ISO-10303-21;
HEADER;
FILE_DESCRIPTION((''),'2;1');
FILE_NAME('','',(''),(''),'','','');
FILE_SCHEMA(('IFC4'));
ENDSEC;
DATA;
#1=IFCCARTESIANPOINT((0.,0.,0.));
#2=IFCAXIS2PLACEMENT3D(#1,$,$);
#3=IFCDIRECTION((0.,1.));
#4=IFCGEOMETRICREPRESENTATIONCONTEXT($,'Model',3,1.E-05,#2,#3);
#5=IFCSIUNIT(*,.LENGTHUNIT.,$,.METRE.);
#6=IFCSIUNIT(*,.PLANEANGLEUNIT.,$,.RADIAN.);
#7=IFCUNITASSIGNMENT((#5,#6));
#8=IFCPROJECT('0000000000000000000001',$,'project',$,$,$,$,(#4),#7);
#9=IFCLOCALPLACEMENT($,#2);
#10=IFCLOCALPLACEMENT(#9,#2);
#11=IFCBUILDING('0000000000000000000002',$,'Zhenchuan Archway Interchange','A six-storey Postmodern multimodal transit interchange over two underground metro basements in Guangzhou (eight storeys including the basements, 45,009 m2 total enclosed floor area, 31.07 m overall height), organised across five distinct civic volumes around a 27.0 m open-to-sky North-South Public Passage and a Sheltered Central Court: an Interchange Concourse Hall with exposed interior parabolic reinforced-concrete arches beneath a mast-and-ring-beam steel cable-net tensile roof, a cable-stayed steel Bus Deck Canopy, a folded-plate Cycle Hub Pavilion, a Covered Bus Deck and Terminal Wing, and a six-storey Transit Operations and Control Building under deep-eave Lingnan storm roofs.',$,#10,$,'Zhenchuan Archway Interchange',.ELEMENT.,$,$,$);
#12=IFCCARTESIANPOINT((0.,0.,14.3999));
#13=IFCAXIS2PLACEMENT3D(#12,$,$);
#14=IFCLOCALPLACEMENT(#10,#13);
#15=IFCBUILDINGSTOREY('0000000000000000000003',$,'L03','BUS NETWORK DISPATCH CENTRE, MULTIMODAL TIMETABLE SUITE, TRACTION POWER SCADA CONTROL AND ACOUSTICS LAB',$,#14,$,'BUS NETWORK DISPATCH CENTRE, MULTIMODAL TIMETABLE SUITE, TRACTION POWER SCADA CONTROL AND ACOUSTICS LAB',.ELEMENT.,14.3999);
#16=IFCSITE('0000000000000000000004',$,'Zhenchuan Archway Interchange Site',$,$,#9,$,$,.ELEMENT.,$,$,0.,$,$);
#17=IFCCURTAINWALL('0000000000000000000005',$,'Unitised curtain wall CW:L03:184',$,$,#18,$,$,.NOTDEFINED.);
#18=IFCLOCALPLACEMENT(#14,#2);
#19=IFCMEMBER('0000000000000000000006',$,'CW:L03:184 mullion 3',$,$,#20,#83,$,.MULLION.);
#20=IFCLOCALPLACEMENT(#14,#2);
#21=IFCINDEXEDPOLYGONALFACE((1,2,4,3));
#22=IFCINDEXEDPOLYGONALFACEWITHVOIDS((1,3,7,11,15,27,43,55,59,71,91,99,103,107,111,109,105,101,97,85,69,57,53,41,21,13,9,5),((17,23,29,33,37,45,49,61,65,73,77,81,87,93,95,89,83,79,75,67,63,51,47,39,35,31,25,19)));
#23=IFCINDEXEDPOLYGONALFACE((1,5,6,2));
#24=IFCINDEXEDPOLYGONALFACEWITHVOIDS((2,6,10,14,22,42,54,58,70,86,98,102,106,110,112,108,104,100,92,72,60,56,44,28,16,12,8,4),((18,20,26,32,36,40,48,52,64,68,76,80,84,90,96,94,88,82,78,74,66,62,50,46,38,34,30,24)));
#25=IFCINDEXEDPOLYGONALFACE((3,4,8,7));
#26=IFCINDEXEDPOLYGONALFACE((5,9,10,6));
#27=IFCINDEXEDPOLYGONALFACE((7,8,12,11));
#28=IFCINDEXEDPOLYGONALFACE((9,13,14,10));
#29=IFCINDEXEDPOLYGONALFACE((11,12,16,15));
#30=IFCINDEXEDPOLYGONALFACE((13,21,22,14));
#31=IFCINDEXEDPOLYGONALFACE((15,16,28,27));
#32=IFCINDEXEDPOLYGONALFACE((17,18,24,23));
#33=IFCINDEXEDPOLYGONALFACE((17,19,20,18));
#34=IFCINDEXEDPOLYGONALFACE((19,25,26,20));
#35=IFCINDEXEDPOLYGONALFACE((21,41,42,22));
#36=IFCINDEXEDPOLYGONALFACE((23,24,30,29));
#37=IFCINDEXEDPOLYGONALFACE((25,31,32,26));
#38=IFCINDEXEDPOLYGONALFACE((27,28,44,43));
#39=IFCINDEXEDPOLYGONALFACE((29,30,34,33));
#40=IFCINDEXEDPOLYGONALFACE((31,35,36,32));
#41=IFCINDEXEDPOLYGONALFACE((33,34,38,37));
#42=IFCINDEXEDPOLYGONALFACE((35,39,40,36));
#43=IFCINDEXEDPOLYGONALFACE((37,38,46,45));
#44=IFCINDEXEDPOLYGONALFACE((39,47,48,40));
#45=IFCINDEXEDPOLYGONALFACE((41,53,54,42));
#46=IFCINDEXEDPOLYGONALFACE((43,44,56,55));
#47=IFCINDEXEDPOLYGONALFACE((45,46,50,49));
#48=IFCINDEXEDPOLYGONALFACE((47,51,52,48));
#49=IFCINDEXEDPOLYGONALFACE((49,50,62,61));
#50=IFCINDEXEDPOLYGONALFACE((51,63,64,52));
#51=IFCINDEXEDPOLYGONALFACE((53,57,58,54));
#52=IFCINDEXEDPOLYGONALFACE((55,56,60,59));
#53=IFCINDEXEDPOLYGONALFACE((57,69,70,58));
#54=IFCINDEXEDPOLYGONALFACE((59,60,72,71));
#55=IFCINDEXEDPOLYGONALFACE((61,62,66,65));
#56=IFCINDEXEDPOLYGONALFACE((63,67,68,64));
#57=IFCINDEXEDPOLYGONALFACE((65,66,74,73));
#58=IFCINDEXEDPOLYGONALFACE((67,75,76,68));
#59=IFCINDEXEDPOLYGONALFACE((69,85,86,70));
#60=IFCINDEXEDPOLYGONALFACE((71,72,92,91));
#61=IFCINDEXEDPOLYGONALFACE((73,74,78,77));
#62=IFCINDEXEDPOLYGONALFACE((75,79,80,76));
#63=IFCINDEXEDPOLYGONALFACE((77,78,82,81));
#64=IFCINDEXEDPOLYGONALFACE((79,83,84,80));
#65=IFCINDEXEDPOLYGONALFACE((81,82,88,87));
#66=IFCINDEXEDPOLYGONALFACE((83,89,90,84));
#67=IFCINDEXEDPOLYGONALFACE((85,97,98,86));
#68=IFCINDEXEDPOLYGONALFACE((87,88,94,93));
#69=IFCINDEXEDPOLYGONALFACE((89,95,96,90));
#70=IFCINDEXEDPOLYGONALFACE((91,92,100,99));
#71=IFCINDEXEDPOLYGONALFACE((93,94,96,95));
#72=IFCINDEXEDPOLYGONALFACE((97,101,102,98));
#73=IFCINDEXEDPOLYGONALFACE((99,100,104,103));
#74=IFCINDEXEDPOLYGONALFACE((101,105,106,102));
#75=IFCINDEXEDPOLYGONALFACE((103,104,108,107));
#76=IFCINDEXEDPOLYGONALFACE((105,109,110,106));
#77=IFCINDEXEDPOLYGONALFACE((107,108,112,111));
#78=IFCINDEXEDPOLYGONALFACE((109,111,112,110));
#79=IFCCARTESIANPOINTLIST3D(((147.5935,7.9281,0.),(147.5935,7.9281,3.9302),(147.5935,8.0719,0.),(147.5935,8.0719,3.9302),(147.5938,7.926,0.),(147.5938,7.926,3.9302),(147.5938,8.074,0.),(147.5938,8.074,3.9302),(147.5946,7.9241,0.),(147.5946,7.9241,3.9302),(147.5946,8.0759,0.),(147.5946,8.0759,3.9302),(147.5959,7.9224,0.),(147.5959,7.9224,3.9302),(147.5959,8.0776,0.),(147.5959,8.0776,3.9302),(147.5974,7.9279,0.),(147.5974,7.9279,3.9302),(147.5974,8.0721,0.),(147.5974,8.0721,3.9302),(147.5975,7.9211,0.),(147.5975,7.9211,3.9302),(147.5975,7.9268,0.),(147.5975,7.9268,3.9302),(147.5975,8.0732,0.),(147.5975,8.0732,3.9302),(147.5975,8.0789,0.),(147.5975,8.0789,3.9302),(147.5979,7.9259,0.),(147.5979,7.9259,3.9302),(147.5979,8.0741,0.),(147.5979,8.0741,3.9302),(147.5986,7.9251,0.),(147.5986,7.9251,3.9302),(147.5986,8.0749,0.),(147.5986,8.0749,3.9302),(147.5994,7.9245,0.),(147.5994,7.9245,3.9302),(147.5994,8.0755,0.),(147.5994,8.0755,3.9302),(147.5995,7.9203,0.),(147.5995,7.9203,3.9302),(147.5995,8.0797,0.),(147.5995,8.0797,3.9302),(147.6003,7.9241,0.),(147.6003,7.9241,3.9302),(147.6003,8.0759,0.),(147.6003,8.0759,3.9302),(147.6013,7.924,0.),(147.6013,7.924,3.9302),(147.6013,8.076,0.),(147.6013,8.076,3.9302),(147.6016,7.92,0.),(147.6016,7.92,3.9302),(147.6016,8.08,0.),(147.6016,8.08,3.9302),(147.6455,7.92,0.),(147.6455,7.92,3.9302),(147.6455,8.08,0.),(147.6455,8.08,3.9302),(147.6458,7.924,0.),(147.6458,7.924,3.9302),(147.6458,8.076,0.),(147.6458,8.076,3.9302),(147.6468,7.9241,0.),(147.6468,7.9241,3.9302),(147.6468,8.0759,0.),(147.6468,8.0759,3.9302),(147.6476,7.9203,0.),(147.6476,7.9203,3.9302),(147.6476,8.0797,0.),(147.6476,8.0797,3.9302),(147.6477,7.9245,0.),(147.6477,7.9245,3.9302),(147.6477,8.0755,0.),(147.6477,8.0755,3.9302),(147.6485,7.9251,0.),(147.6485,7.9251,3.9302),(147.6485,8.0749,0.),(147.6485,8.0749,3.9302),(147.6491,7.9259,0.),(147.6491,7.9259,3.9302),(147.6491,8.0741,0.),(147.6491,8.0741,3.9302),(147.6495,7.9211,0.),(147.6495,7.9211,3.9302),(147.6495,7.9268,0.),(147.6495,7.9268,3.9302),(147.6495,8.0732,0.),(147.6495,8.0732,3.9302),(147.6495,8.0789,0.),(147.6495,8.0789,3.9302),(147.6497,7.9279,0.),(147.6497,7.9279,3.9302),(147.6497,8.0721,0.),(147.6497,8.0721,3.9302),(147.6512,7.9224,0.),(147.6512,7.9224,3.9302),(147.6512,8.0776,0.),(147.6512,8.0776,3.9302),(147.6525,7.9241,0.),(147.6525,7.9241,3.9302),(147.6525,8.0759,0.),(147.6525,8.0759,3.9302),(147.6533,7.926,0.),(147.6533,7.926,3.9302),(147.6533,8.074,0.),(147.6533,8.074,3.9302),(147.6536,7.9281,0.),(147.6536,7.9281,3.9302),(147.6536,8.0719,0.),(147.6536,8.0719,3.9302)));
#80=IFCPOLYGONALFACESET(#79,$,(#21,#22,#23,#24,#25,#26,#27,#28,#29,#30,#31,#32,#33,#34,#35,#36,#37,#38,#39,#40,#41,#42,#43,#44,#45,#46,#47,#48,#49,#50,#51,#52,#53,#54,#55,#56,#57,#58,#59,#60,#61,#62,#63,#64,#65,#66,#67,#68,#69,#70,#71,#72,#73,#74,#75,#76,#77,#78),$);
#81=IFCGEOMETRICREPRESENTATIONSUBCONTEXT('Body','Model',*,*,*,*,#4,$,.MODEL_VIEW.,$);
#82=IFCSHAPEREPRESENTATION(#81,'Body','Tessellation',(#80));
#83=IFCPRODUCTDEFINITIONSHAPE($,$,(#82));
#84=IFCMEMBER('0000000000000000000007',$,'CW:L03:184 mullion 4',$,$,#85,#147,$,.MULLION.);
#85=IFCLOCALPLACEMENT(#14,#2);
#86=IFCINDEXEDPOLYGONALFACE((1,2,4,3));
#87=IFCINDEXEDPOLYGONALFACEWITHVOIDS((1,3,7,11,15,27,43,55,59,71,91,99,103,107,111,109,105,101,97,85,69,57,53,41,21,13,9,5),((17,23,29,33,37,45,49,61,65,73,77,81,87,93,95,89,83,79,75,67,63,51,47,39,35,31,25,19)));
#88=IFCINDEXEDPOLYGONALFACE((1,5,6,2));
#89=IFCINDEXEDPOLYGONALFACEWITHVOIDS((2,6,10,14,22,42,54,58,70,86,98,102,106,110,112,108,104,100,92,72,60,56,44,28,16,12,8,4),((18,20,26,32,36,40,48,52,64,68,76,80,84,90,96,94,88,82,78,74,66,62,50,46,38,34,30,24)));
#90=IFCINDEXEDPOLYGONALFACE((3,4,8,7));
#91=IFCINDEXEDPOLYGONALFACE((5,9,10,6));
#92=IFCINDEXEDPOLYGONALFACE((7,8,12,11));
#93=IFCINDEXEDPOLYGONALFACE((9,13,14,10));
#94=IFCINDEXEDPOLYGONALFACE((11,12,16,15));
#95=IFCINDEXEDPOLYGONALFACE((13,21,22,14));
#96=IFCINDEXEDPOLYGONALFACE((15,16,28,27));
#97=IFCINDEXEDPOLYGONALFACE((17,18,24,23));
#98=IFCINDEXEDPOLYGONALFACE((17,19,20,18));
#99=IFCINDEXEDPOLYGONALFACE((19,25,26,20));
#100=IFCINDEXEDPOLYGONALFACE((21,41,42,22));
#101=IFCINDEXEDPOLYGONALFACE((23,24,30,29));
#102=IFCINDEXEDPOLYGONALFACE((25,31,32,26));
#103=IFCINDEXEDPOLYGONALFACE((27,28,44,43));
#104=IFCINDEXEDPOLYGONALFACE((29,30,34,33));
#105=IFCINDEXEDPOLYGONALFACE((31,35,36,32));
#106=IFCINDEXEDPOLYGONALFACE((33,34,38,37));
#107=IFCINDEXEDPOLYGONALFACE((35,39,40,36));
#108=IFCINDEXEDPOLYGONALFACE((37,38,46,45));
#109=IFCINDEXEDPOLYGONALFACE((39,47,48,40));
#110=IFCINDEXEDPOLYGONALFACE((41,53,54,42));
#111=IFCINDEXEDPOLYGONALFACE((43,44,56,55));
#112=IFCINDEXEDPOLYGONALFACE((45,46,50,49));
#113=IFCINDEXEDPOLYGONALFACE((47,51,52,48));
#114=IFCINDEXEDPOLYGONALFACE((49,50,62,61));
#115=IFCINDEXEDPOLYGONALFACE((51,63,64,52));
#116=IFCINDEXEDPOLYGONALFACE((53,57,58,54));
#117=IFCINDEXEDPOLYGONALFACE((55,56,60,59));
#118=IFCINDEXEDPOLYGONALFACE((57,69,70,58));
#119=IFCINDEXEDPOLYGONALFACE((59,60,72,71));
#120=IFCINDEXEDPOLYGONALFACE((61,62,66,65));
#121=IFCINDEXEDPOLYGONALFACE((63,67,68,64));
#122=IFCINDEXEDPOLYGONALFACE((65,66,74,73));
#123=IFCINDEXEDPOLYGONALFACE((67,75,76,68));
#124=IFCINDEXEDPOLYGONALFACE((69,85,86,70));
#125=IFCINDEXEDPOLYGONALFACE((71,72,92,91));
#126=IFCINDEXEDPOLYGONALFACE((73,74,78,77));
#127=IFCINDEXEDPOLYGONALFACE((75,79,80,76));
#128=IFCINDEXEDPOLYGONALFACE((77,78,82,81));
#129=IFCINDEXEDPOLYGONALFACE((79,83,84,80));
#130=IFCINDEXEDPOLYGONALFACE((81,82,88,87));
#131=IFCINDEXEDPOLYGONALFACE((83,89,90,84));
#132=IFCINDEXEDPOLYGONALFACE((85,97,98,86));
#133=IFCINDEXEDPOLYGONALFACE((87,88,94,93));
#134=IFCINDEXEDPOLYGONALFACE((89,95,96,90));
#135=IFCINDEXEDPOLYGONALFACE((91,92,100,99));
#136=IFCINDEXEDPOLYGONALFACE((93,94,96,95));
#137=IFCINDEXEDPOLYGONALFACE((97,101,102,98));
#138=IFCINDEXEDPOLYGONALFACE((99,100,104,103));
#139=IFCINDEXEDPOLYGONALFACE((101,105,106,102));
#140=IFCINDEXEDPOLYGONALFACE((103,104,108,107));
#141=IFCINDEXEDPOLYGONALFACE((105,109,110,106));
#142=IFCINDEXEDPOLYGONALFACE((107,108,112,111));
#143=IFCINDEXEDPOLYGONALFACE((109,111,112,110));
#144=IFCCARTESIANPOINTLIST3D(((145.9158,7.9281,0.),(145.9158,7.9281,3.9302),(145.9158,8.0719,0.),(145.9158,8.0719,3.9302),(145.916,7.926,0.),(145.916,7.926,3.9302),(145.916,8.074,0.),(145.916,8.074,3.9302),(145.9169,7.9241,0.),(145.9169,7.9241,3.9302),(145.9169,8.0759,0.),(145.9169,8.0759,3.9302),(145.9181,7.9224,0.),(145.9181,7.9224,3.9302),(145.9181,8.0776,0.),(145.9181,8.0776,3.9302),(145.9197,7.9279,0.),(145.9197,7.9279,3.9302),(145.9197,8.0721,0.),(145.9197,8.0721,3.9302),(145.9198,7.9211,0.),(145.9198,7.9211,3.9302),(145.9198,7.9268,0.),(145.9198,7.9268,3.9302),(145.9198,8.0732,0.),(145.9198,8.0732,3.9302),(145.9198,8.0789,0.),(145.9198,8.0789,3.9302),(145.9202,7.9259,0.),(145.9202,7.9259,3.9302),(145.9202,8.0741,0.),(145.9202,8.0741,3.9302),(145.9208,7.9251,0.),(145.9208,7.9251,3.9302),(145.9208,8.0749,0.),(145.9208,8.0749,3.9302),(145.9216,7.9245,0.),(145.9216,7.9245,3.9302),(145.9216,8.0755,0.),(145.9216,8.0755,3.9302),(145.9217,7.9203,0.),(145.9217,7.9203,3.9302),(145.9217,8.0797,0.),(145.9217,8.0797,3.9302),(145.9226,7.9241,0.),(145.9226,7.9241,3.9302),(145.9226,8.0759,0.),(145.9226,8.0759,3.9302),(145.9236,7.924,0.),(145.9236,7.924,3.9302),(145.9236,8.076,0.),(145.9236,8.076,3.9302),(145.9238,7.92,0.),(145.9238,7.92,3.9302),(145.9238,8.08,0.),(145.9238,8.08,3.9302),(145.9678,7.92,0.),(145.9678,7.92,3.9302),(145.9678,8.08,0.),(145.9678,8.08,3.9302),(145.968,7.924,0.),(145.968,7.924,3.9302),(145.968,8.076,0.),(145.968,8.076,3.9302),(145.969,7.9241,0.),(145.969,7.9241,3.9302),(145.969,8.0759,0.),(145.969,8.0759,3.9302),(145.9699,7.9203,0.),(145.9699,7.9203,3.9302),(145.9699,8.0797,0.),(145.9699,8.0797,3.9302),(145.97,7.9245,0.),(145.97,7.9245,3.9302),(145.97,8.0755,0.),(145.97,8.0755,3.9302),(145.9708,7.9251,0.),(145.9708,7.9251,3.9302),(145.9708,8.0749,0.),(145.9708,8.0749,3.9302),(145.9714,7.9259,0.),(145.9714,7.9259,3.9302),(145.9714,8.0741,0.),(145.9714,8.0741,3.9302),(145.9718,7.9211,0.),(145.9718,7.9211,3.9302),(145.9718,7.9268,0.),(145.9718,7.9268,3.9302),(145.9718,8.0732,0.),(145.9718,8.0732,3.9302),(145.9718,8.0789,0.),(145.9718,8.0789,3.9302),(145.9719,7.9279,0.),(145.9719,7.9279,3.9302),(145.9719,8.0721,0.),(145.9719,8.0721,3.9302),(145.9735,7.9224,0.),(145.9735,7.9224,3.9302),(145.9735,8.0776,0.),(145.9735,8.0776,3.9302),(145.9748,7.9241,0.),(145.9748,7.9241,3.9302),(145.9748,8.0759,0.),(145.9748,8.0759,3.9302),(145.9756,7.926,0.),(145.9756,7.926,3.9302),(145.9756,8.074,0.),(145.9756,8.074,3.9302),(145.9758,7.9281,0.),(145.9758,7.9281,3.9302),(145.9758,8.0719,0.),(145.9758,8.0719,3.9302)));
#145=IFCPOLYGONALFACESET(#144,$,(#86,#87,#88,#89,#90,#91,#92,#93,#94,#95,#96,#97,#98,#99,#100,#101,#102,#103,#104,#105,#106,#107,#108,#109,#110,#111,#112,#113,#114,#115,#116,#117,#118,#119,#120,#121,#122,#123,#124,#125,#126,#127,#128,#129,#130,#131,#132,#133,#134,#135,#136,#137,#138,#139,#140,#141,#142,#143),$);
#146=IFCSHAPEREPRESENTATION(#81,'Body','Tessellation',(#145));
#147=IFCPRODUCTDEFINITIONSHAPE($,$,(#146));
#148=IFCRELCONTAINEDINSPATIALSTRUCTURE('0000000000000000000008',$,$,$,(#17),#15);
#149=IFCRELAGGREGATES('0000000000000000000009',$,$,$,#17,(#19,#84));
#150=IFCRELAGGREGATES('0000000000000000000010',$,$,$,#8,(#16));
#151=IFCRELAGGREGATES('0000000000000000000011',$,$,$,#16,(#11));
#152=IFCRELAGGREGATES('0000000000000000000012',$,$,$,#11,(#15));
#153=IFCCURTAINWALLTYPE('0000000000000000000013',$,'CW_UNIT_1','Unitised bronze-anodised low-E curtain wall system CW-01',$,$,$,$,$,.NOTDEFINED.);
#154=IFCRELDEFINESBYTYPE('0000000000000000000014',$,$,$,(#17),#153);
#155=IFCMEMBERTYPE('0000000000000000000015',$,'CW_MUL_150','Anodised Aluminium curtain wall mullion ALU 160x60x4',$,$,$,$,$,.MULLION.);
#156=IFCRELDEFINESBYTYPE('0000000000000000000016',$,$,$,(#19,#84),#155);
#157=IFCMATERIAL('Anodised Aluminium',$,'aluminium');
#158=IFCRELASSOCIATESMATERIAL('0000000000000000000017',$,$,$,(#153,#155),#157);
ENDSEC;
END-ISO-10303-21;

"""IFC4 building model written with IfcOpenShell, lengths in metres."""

from ifc_helpers import new_model, si_unit, direction, frame, origin, origin_2d, place, context, subcontext, project, spatial, hollow_rectangle, extrude, material, material_profile, profile_set, type_object, element, aggregate, save


model = new_model("IFC4")

# Units and contexts
model_context = context("Model", 3, precision=1e-05, world=origin(), true_north=direction((0.0, 1.0)))
body_context = subcontext(model_context, "Body", "Model", "MODEL_VIEW")
ifc_project = project(units=[si_unit("LENGTHUNIT", "METRE"), si_unit("PLANEANGLEUNIT", "RADIAN")], contexts=[model_context])

# Site, building, storey
site_placement = place(None, origin())
site = spatial("IfcSite", under=ifc_project, at=site_placement, Name="Zhenchuan Archway Interchange Site", CompositionType="ELEMENT", RefElevation=0.0)
building_placement = place(site_placement, origin())
building = spatial("IfcBuilding", under=site, at=building_placement, Name="Zhenchuan Archway Interchange", Description="A six-storey Postmodern multimodal transit interchange over two underground metro basements in Guangzhou (eight storeys including the basements, 45,009 m2 total enclosed floor area, 31.07 m overall height), organised across five distinct civic volumes around a 27.0 m open-to-sky North-South Public Passage and a Sheltered Central Court: an Interchange Concourse Hall with exposed interior parabolic reinforced-concrete arches beneath a mast-and-ring-beam steel cable-net tensile roof, a cable-stayed steel Bus Deck Canopy, a folded-plate Cycle Hub Pavilion, a Covered Bus Deck and Terminal Wing, and a six-storey Transit Operations and Control Building under deep-eave Lingnan storm roofs.", LongName="Zhenchuan Archway Interchange", CompositionType="ELEMENT")
storey_placement = place(building_placement, frame((0.0, 0.0, 14.3999)))
storey = spatial("IfcBuildingStorey", under=building, at=storey_placement, Name="L03", Description="BUS NETWORK DISPATCH CENTRE, MULTIMODAL TIMETABLE SUITE, TRACTION POWER SCADA CONTROL AND ACOUSTICS LAB", LongName="BUS NETWORK DISPATCH CENTRE, MULTIMODAL TIMETABLE SUITE, TRACTION POWER SCADA CONTROL AND ACOUSTICS LAB", CompositionType="ELEMENT", Elevation=14.3999)

# Curtain wall, members
ifc_material_1 = material(Name="Anodised Aluminium", Category="aluminium")
curtain_wall_type = type_object("IfcCurtainWallType", Name="CW_UNIT_1", Description="Unitised bronze-anodised low-E curtain wall system CW-01", PredefinedType="NOTDEFINED", material=ifc_material_1)
curtain_wall_placement = place(storey_placement, origin())
curtain_wall = element("IfcCurtainWall", 1, at=curtain_wall_placement, inside=storey, type_object=curtain_wall_type, Name="Unitised curtain wall CW:L03:184", PredefinedType="NOTDEFINED")
ifc_material_profile_1 = material_profile(ifc_material_1, hollow_rectangle(XDim=0.0601, YDim=0.1599, WallThickness=0.0039, InnerFilletRadius=0.0039, OuterFilletRadius=0.0081, at=origin_2d()), Name="ALU 160x60x4")
ifc_profile_set_1 = profile_set([ifc_material_profile_1], Name="Anodised Aluminium")
member_type_1 = type_object("IfcMemberType", Name="CW_MUL_150", Description="Anodised Aluminium curtain wall mullion ALU 160x60x4", PredefinedType="MULLION", material=ifc_profile_set_1)
member_1_placement = place(storey_placement, frame((147.6235, 8.0, 0.0), z_axis=(0.0, 0.0, 1.0), x_axis=(1.0, 0.0, 0.0)))
member_1 = element("IfcMember", 2, at=member_1_placement, type_object=member_type_1, Name="CW:L03:184 mullion 3", PredefinedType="MULLION", context=body_context, shape_type="SweptSolid", body=[
    extrude(hollow_rectangle(XDim=0.0601, YDim=0.1599, WallThickness=0.0039, InnerFilletRadius=0.0039, OuterFilletRadius=0.0081, at=origin_2d()), origin(), (0.0, 0.0, 1.0), 3.9302),
])
member_2_placement = place(storey_placement, frame((145.9458, 8.0, 0.0), z_axis=(0.0, 0.0, 1.0), x_axis=(1.0, 0.0, 0.0)))
member_2 = element("IfcMember", 3, at=member_2_placement, type_object=member_type_1, Name="CW:L03:184 mullion 4", PredefinedType="MULLION", context=body_context, shape_type="SweptSolid", body=[
    extrude(hollow_rectangle(XDim=0.0601, YDim=0.1599, WallThickness=0.0039, InnerFilletRadius=0.0039, OuterFilletRadius=0.0081, at=origin_2d()), origin(), (0.0, 0.0, 1.0), 3.9302),
])

aggregate(curtain_wall, [member_1, member_2])

save(model, "model.ifc")
